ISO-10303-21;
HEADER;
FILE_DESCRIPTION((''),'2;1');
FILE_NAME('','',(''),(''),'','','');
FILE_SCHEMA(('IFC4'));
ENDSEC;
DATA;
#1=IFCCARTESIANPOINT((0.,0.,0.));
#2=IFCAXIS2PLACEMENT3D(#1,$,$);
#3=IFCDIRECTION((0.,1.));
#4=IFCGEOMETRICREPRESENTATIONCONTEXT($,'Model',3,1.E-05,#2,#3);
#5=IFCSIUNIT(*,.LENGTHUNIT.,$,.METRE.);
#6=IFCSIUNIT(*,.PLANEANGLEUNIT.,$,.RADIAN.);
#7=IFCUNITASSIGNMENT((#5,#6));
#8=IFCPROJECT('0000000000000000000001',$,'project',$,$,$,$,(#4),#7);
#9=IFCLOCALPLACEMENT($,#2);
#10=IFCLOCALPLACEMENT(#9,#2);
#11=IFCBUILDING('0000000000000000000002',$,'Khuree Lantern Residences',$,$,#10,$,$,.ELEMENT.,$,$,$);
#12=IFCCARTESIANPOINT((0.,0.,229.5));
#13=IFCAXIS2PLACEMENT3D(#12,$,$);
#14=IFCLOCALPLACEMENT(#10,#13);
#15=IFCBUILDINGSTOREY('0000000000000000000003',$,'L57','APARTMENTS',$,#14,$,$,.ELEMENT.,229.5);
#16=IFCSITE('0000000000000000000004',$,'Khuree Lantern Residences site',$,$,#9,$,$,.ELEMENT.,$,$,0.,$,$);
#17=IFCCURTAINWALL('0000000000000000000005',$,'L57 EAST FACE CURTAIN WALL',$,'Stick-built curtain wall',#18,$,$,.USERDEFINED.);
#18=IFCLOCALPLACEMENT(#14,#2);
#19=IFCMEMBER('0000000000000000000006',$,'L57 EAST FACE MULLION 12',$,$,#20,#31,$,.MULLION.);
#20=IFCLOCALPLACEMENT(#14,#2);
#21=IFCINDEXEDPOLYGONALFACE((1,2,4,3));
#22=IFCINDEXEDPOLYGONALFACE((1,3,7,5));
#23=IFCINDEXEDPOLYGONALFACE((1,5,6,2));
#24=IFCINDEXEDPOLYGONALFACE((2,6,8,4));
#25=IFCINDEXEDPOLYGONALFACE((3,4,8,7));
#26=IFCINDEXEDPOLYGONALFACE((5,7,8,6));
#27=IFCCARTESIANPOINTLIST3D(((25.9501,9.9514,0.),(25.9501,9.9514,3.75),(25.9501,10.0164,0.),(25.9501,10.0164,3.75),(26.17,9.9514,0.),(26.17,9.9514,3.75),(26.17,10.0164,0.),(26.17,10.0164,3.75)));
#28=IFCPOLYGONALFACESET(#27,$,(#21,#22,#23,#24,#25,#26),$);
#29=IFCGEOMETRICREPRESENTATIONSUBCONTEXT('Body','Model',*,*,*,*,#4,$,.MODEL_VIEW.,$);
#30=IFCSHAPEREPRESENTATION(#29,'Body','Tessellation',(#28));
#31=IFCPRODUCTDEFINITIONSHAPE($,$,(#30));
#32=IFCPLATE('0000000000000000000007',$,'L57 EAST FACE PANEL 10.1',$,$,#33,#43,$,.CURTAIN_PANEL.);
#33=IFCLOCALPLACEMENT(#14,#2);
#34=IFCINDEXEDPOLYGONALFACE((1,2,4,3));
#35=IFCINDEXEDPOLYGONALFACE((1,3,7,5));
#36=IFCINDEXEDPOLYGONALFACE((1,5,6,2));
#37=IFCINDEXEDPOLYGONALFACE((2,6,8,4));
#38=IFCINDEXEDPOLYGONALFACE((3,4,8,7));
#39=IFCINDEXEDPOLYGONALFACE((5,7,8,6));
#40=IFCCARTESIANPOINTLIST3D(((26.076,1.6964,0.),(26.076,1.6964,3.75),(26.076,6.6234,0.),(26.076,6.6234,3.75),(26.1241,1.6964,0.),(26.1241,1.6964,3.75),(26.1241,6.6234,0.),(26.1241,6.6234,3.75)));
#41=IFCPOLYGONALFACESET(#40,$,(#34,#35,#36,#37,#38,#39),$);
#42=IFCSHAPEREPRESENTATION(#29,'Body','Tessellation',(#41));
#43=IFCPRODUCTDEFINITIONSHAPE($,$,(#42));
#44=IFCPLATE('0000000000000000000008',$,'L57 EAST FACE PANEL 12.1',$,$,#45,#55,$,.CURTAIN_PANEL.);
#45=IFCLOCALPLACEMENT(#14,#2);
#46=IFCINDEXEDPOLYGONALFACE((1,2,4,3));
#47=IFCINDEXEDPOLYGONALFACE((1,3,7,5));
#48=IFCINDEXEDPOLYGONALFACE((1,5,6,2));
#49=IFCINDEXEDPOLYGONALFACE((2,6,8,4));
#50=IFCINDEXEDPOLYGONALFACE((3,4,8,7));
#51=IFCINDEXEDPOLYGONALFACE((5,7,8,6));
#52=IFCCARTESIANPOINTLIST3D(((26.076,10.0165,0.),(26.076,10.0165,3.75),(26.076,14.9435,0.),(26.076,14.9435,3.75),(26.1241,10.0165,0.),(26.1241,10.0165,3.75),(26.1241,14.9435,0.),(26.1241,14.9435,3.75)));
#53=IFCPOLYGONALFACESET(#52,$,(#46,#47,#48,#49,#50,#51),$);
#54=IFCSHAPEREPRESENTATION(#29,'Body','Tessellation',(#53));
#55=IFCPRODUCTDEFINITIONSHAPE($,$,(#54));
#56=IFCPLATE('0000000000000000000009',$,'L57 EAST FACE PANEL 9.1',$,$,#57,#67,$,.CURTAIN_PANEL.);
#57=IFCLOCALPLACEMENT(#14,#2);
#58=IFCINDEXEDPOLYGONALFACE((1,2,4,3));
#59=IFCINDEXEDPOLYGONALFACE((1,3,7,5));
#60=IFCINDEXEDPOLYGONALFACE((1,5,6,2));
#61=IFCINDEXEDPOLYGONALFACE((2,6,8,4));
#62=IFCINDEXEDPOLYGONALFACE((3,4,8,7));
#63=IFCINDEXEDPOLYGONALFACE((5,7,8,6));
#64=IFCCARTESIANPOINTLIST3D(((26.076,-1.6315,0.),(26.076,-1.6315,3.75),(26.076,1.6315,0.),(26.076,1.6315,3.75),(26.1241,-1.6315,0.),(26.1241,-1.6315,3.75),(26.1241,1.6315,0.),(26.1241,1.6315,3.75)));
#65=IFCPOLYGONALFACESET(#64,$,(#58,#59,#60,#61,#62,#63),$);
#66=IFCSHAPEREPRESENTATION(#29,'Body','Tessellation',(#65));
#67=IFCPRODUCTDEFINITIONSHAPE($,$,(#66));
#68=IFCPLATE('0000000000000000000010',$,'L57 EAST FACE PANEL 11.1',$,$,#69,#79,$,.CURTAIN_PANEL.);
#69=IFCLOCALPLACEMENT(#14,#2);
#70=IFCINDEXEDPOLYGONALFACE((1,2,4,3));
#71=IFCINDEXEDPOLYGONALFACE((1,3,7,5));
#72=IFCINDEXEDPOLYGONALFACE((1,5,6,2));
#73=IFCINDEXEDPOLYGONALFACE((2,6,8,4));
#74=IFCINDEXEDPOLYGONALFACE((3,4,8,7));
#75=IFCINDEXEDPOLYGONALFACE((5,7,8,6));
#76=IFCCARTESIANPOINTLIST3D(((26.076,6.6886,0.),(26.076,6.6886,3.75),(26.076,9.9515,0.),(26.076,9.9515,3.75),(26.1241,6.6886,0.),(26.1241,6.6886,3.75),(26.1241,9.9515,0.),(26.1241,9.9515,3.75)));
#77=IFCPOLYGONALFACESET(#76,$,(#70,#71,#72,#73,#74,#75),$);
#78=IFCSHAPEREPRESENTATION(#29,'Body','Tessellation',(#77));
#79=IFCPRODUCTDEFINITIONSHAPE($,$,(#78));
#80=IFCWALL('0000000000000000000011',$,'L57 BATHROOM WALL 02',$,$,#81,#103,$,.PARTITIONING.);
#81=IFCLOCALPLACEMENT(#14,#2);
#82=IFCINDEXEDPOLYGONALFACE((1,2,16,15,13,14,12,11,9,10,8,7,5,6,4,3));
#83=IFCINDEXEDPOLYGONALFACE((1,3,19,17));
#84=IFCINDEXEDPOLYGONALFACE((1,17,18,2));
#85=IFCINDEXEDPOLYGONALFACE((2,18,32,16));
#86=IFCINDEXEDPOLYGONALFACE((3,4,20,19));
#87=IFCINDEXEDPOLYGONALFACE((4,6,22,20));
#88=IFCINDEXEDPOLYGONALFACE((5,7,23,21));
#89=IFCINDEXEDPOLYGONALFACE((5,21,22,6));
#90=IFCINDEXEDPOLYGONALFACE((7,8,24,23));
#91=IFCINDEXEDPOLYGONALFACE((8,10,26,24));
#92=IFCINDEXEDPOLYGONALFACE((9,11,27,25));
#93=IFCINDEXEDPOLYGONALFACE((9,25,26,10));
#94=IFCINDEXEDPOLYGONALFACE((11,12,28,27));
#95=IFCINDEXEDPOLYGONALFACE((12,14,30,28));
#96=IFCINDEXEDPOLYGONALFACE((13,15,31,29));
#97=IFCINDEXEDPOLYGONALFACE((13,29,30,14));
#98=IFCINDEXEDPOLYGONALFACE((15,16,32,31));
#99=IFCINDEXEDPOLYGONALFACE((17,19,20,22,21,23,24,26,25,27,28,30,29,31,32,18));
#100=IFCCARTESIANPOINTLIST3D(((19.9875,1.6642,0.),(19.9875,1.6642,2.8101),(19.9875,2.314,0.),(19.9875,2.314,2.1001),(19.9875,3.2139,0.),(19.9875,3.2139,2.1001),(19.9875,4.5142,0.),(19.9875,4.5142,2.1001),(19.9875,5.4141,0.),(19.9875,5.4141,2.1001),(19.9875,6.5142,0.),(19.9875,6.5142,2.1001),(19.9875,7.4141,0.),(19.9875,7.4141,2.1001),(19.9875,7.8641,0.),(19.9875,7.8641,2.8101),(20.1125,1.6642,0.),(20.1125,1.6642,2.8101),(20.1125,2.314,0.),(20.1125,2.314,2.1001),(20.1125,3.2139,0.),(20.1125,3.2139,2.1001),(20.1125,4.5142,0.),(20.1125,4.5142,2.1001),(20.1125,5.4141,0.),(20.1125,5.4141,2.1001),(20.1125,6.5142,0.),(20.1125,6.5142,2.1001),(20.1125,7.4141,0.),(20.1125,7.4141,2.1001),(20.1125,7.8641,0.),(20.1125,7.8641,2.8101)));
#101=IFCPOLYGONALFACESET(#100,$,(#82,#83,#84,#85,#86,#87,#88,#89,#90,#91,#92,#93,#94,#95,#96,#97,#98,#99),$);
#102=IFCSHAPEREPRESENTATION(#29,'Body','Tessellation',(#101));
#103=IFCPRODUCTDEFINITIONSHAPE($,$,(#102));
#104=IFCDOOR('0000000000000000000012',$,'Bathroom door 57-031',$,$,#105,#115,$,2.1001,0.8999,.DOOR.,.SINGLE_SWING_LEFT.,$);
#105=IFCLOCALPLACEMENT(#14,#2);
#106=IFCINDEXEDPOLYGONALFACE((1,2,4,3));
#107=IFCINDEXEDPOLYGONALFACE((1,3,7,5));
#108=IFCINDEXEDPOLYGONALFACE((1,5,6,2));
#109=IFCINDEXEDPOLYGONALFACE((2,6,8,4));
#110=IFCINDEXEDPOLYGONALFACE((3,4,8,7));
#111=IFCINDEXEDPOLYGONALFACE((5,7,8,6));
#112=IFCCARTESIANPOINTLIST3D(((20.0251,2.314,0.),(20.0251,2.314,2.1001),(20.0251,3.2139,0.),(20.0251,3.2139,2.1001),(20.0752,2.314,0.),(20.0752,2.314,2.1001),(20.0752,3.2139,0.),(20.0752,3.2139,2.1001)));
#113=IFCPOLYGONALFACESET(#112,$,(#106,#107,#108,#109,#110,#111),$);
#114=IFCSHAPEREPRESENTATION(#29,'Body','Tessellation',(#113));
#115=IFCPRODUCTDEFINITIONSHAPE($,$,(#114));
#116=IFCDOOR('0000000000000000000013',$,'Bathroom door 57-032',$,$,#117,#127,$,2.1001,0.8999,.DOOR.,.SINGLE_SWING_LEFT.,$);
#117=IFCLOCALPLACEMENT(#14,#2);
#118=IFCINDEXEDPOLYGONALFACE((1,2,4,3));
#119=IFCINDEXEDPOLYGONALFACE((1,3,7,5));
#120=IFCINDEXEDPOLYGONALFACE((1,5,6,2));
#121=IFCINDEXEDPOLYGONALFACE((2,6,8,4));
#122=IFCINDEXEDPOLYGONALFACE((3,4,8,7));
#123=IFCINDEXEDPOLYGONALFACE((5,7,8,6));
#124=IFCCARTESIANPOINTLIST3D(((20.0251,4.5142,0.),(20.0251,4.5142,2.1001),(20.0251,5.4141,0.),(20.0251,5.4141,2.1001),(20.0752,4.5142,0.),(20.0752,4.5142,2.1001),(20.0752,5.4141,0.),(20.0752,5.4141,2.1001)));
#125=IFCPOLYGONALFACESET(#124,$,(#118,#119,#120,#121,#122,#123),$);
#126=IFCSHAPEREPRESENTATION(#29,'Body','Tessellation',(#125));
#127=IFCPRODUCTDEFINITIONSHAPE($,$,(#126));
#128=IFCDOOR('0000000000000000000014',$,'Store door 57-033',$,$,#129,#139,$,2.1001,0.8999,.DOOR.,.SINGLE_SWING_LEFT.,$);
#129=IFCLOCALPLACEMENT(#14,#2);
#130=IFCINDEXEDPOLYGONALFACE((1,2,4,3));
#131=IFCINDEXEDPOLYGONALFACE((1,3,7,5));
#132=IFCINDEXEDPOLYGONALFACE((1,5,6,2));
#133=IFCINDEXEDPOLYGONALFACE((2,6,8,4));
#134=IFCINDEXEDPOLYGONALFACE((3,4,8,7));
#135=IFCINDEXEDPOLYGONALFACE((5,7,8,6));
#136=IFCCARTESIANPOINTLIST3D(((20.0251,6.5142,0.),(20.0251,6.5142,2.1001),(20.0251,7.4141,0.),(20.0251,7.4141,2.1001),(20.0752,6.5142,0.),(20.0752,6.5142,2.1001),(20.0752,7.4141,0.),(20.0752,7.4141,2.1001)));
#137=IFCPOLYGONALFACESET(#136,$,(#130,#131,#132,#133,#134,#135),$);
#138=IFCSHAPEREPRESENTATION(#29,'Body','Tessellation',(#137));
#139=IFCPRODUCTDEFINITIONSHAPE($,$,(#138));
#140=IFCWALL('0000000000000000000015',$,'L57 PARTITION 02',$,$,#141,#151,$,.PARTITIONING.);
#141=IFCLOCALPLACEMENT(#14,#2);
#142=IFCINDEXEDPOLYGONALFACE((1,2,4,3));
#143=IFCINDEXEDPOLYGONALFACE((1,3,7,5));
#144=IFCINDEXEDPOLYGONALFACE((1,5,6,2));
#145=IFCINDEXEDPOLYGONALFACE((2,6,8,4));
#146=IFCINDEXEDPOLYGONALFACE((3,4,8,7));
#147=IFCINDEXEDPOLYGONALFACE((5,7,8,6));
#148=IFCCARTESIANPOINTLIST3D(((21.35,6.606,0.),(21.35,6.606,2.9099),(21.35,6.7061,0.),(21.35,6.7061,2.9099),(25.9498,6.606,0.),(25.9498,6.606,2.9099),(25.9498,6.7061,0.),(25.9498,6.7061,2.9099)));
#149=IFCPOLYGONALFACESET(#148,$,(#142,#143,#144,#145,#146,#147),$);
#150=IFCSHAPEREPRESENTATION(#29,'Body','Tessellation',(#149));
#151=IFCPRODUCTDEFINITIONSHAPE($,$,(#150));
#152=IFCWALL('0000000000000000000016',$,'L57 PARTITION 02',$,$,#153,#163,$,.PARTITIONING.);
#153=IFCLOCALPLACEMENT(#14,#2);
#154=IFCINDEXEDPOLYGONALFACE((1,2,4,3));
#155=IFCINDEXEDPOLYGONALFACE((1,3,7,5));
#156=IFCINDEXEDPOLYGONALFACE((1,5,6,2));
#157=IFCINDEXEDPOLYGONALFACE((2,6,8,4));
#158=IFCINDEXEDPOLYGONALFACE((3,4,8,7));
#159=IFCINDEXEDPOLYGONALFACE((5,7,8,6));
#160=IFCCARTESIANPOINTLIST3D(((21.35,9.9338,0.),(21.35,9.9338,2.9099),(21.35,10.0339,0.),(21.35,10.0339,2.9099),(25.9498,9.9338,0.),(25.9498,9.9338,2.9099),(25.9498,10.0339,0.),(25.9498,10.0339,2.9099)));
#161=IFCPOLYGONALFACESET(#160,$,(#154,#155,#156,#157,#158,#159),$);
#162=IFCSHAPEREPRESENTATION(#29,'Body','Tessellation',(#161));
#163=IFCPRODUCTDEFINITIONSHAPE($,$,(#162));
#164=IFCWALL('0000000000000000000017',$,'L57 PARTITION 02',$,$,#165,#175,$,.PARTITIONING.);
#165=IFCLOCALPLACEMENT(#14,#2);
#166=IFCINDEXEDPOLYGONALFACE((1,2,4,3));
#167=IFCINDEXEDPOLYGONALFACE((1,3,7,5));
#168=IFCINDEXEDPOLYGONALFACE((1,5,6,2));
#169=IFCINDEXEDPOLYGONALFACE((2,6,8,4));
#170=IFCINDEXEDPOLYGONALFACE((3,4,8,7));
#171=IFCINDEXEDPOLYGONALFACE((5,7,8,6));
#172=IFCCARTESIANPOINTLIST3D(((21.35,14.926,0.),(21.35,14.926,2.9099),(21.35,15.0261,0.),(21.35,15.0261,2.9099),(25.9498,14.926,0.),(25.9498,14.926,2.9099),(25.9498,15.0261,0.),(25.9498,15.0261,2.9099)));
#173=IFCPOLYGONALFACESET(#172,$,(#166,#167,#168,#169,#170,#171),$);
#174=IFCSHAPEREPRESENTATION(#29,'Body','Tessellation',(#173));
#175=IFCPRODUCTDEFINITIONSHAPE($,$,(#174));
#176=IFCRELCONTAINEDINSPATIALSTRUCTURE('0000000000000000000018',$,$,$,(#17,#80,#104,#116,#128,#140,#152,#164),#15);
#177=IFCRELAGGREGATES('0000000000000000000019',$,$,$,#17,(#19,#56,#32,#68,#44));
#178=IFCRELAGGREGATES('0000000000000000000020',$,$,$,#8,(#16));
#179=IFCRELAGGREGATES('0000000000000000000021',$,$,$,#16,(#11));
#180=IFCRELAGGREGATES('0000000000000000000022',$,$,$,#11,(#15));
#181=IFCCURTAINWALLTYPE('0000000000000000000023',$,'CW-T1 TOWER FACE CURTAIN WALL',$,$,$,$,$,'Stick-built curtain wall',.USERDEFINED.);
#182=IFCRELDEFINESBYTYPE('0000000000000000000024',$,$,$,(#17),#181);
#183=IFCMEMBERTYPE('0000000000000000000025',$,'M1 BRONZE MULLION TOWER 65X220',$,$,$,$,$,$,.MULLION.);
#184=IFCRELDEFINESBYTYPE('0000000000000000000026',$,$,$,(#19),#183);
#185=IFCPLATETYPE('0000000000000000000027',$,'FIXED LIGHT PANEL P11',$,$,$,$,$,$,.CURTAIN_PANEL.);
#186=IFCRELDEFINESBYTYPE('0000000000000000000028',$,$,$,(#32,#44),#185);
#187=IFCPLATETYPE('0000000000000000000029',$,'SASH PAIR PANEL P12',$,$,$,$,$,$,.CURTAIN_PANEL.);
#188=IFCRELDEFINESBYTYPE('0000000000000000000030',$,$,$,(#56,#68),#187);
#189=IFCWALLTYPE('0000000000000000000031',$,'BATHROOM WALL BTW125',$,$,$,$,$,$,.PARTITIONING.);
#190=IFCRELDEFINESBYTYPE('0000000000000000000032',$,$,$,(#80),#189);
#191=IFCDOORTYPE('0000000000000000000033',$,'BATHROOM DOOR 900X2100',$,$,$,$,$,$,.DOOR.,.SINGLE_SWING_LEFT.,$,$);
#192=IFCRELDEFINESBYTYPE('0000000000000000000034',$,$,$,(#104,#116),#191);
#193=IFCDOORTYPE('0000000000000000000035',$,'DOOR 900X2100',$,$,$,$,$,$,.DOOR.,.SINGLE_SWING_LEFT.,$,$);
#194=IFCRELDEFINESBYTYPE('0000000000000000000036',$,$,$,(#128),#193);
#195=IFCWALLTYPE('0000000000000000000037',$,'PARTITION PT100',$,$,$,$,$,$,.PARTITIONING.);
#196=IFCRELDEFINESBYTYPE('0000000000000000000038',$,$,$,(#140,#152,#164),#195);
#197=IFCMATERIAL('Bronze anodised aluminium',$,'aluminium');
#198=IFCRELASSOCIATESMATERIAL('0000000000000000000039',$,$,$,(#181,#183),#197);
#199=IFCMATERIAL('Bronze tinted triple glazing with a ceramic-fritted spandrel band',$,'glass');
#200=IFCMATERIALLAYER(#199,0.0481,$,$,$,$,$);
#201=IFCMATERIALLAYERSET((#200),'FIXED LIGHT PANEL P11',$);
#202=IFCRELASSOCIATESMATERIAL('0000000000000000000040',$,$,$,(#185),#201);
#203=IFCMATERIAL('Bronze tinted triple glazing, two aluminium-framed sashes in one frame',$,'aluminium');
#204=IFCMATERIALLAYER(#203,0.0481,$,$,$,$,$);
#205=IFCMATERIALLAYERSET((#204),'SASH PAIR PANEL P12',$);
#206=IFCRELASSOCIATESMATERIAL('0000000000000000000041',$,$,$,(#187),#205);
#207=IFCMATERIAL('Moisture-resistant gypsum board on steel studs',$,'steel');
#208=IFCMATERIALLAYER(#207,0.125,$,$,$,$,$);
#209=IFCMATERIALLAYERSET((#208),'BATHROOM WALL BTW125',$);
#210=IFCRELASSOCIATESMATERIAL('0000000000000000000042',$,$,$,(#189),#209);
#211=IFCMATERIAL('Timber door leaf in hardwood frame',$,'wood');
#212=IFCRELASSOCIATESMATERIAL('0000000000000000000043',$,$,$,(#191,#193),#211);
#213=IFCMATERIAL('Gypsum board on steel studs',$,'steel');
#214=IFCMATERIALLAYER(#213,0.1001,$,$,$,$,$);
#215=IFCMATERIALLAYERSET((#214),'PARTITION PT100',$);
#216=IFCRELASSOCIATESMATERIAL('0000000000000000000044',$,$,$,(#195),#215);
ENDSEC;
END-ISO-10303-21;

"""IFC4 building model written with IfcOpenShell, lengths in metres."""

from ifc_helpers import new_model, si_unit, direction, frame, frame_2d, origin, origin_2d, place, context, subcontext, project, spatial, rectangle, extrude, material, layer, layer_set, material_profile, profile_set, type_object, element, fill, aggregate, save


model = new_model("IFC4")

# Units and contexts
model_context = context("Model", 3, precision=1e-05, world=origin(), true_north=direction((0.0, 1.0)))
body_context = subcontext(model_context, "Body", "Model", "MODEL_VIEW")
ifc_project = project(units=[si_unit("LENGTHUNIT", "METRE"), si_unit("PLANEANGLEUNIT", "RADIAN")], contexts=[model_context])

# Site, building, storey
site_placement = place(None, origin())
site = spatial("IfcSite", under=ifc_project, at=site_placement, Name="Khuree Lantern Residences site", CompositionType="ELEMENT", RefElevation=0.0)
building_placement = place(site_placement, origin())
building = spatial("IfcBuilding", under=site, at=building_placement, Name="Khuree Lantern Residences", CompositionType="ELEMENT")
storey_placement = place(building_placement, frame((0.0, 0.0, 229.5)))
storey = spatial("IfcBuildingStorey", under=building, at=storey_placement, Name="L57", Description="APARTMENTS", CompositionType="ELEMENT", Elevation=229.5)

# Curtain wall
ifc_material_1 = material(Name="Bronze anodised aluminium", Category="aluminium")
curtain_wall_type = type_object("IfcCurtainWallType", Name="CW-T1 TOWER FACE CURTAIN WALL", ElementType="Stick-built curtain wall", PredefinedType="USERDEFINED", material=ifc_material_1)
curtain_wall_placement = place(storey_placement, origin())
curtain_wall = element("IfcCurtainWall", 1, at=curtain_wall_placement, inside=storey, type_object=curtain_wall_type, Name="L57 EAST FACE CURTAIN WALL", ObjectType="Stick-built curtain wall", PredefinedType="USERDEFINED")

# Member
ifc_material_profile_1 = material_profile(ifc_material_1, rectangle(XDim=0.0649, YDim=0.22, at=origin_2d()), Name="M1 65X220")
ifc_profile_set_1 = profile_set([ifc_material_profile_1], Name="Bronze anodised aluminium")
member_type_1 = type_object("IfcMemberType", Name="M1 BRONZE MULLION TOWER 65X220", PredefinedType="MULLION", material=ifc_profile_set_1)
member_1_placement = place(storey_placement, frame((26.0601, 9.9839, 0.0), z_axis=(0.0, 0.0, 1.0), x_axis=(0.0, 1.0, 0.0)))
member_1 = element("IfcMember", 2, at=member_1_placement, type_object=member_type_1, Name="L57 EAST FACE MULLION 12", PredefinedType="MULLION", context=body_context, shape_type="SweptSolid", body=[
    extrude(rectangle(XDim=0.0649, YDim=0.22, at=origin_2d()), origin(), (0.0, 0.0, 1.0), 3.75),
])

# Plates
ifc_material_2 = material(Name="Bronze tinted triple glazing with a ceramic-fritted spandrel band", Category="glass")
ifc_layer_1 = layer(ifc_material_2, 0.0481)
ifc_layer_set_1 = layer_set([ifc_layer_1], Name="FIXED LIGHT PANEL P11")
plate_type_1 = type_object("IfcPlateType", Name="FIXED LIGHT PANEL P11", PredefinedType="CURTAIN_PANEL", material=ifc_layer_set_1)
plate_1_placement = place(storey_placement, frame((26.1001, 4.1599, 0.0), z_axis=(0.0, 0.0, 1.0), x_axis=(0.0, 1.0, 0.0)))
plate_1 = element("IfcPlate", 3, at=plate_1_placement, type_object=plate_type_1, Name="L57 EAST FACE PANEL 10.1", PredefinedType="CURTAIN_PANEL", context=body_context, shape_type="SweptSolid", body=[
    extrude(rectangle(XDim=4.927, YDim=0.0481, at=origin_2d()), origin(), (0.0, 0.0, 1.0), 3.75),
])
plate_2_placement = place(storey_placement, frame((26.1001, 12.48, 0.0), z_axis=(0.0, 0.0, 1.0), x_axis=(0.0, 1.0, 0.0)))
plate_2 = element("IfcPlate", 4, at=plate_2_placement, type_object=plate_type_1, Name="L57 EAST FACE PANEL 12.1", PredefinedType="CURTAIN_PANEL", context=body_context, shape_type="SweptSolid", body=[
    extrude(rectangle(XDim=4.927, YDim=0.0481, at=origin_2d()), origin(), (0.0, 0.0, 1.0), 3.75),
])
ifc_material_3 = material(Name="Bronze tinted triple glazing, two aluminium-framed sashes in one frame", Category="aluminium")
ifc_layer_2 = layer(ifc_material_3, 0.0481)
ifc_layer_set_2 = layer_set([ifc_layer_2], Name="SASH PAIR PANEL P12")
plate_type_2 = type_object("IfcPlateType", Name="SASH PAIR PANEL P12", PredefinedType="CURTAIN_PANEL", material=ifc_layer_set_2)
plate_3_placement = place(storey_placement, frame((26.1001, 0.0, 0.0), z_axis=(0.0, 0.0, 1.0), x_axis=(0.0, 1.0, 0.0)))
plate_3 = element("IfcPlate", 5, at=plate_3_placement, type_object=plate_type_2, Name="L57 EAST FACE PANEL 9.1", PredefinedType="CURTAIN_PANEL", context=body_context, shape_type="SweptSolid", body=[
    extrude(rectangle(XDim=3.2629, YDim=0.0481, at=origin_2d()), origin(), (0.0, 0.0, 1.0), 3.75),
])
plate_4_placement = place(storey_placement, frame((26.1001, 8.3201, 0.0), z_axis=(0.0, 0.0, 1.0), x_axis=(0.0, 1.0, 0.0)))
plate_4 = element("IfcPlate", 6, at=plate_4_placement, type_object=plate_type_2, Name="L57 EAST FACE PANEL 11.1", PredefinedType="CURTAIN_PANEL", context=body_context, shape_type="SweptSolid", body=[
    extrude(rectangle(XDim=3.2629, YDim=0.0481, at=origin_2d()), origin(), (0.0, 0.0, 1.0), 3.75),
])
aggregate(curtain_wall, [member_1, plate_3, plate_1, plate_4, plate_2])

# Wall, openings, doors
ifc_material_4 = material(Name="Moisture-resistant gypsum board on steel studs", Category="steel")
ifc_layer_3 = layer(ifc_material_4, 0.125)
ifc_layer_set_3 = layer_set([ifc_layer_3], Name="BATHROOM WALL BTW125")
wall_type_1 = type_object("IfcWallType", Name="BATHROOM WALL BTW125", PredefinedType="PARTITIONING", material=ifc_layer_set_3)
wall_1_placement = place(storey_placement, frame((20.05, 1.6641, 0.0), z_axis=(0.0, 0.0, 1.0), x_axis=(0.0, 1.0, 0.0)))
wall_1 = element("IfcWall", 7, at=wall_1_placement, inside=storey, type_object=wall_type_1, Name="L57 BATHROOM WALL 02", PredefinedType="PARTITIONING", context=body_context, shape_type="SweptSolid", body=[
    extrude(rectangle(XDim=6.2, YDim=0.125, at=frame_2d((3.1001, 0.0))), origin(), (0.0, 0.0, 1.0), 2.8101),
])
opening_1_placement = place(wall_1_placement, frame((0.6499, 0.0, 0.0)))
opening_1 = element("IfcOpeningElement", 8, at=opening_1_placement, cuts=wall_1, PredefinedType="OPENING", context=body_context, shape_type="SweptSolid", body=[
    extrude(rectangle(XDim=0.8999, YDim=2.1001, at=frame_2d((0.45, 1.05))), frame((0.0, 0.0725, 0.0), z_axis=(0.0, -1.0, 0.0), x_axis=(1.0, 0.0, 0.0)), (0.0, 0.0, 1.0), 0.145),
])
opening_2_placement = place(wall_1_placement, frame((2.8501, 0.0, 0.0)))
opening_2 = element("IfcOpeningElement", 9, at=opening_2_placement, cuts=wall_1, PredefinedType="OPENING", context=body_context, shape_type="SweptSolid", body=[
    extrude(rectangle(XDim=0.8999, YDim=2.1001, at=frame_2d((0.45, 1.05))), frame((0.0, 0.0725, 0.0), z_axis=(0.0, -1.0, 0.0), x_axis=(1.0, 0.0, 0.0)), (0.0, 0.0, 1.0), 0.145),
])
opening_3_placement = place(wall_1_placement, frame((4.8501, 0.0, 0.0)))
opening_3 = element("IfcOpeningElement", 10, at=opening_3_placement, cuts=wall_1, PredefinedType="OPENING", context=body_context, shape_type="SweptSolid", body=[
    extrude(rectangle(XDim=0.8999, YDim=2.1001, at=frame_2d((0.45, 1.05))), frame((0.0, 0.0725, 0.0), z_axis=(0.0, -1.0, 0.0), x_axis=(1.0, 0.0, 0.0)), (0.0, 0.0, 1.0), 0.145),
])
ifc_material_5 = material(Name="Timber door leaf in hardwood frame", Category="wood")
door_type_1 = type_object("IfcDoorType", Name="BATHROOM DOOR 900X2100", OperationType="SINGLE_SWING_LEFT", PredefinedType="DOOR", material=ifc_material_5)
door_1_placement = place(opening_1_placement, origin())
door_1 = element("IfcDoor", 11, at=door_1_placement, inside=storey, type_object=door_type_1, Name="Bathroom door 57-031", OperationType="SINGLE_SWING_LEFT", OverallHeight=2.1001, OverallWidth=0.8999, PredefinedType="DOOR", context=body_context, shape_type="SweptSolid", body=[
    extrude(rectangle(XDim=0.8999, YDim=2.1001, at=frame_2d((0.45, 1.05))), frame((0.0, 0.0249, 0.0), z_axis=(0.0, -1.0, 0.0), x_axis=(1.0, 0.0, 0.0)), (0.0, 0.0, 1.0), 0.05),
])
fill(opening_1, door_1)
door_2_placement = place(opening_2_placement, origin())
door_2 = element("IfcDoor", 12, at=door_2_placement, inside=storey, type_object=door_type_1, Name="Bathroom door 57-032", OperationType="SINGLE_SWING_LEFT", OverallHeight=2.1001, OverallWidth=0.8999, PredefinedType="DOOR", context=body_context, shape_type="SweptSolid", body=[
    extrude(rectangle(XDim=0.8999, YDim=2.1001, at=frame_2d((0.45, 1.05))), frame((0.0, 0.0249, 0.0), z_axis=(0.0, -1.0, 0.0), x_axis=(1.0, 0.0, 0.0)), (0.0, 0.0, 1.0), 0.05),
])
fill(opening_2, door_2)
door_type_2 = type_object("IfcDoorType", Name="DOOR 900X2100", OperationType="SINGLE_SWING_LEFT", PredefinedType="DOOR", material=ifc_material_5)
door_3_placement = place(opening_3_placement, origin())
door_3 = element("IfcDoor", 13, at=door_3_placement, inside=storey, type_object=door_type_2, Name="Store door 57-033", OperationType="SINGLE_SWING_LEFT", OverallHeight=2.1001, OverallWidth=0.8999, PredefinedType="DOOR", context=body_context, shape_type="SweptSolid", body=[
    extrude(rectangle(XDim=0.8999, YDim=2.1001, at=frame_2d((0.45, 1.05))), frame((0.0, 0.0249, 0.0), z_axis=(0.0, -1.0, 0.0), x_axis=(1.0, 0.0, 0.0)), (0.0, 0.0, 1.0), 0.05),
])
fill(opening_3, door_3)

# Walls
ifc_material_6 = material(Name="Gypsum board on steel studs", Category="steel")
ifc_layer_4 = layer(ifc_material_6, 0.1001)
ifc_layer_set_4 = layer_set([ifc_layer_4], Name="PARTITION PT100")
wall_type_2 = type_object("IfcWallType", Name="PARTITION PT100", PredefinedType="PARTITIONING", material=ifc_layer_set_4)
for number, where, z_axis, x_axis, name in (
    (14, (21.3501, 6.656, 0.0), (0.0, 0.0, 1.0), (1.0, 0.0, 0.0), "L57 PARTITION 02"),
    (15, (21.3501, 9.9839, 0.0), (0.0, 0.0, 1.0), (1.0, 0.0, 0.0), "L57 PARTITION 02"),
    (16, (21.3501, 14.9761, 0.0), (0.0, 0.0, 1.0), (1.0, 0.0, 0.0), "L57 PARTITION 02"),
):
    element("IfcWall", number, at=place(storey_placement, frame(where, z_axis=z_axis, x_axis=x_axis)), inside=storey, type_object=wall_type_2, Name=name, PredefinedType="PARTITIONING", context=body_context, shape_type="SweptSolid", body=[
        extrude(rectangle(XDim=4.5999, YDim=0.1001, at=frame_2d((2.2998, 0.0))), origin(), (0.0, 0.0, 1.0), 2.9099),
    ])

save(model, "model.ifc")
